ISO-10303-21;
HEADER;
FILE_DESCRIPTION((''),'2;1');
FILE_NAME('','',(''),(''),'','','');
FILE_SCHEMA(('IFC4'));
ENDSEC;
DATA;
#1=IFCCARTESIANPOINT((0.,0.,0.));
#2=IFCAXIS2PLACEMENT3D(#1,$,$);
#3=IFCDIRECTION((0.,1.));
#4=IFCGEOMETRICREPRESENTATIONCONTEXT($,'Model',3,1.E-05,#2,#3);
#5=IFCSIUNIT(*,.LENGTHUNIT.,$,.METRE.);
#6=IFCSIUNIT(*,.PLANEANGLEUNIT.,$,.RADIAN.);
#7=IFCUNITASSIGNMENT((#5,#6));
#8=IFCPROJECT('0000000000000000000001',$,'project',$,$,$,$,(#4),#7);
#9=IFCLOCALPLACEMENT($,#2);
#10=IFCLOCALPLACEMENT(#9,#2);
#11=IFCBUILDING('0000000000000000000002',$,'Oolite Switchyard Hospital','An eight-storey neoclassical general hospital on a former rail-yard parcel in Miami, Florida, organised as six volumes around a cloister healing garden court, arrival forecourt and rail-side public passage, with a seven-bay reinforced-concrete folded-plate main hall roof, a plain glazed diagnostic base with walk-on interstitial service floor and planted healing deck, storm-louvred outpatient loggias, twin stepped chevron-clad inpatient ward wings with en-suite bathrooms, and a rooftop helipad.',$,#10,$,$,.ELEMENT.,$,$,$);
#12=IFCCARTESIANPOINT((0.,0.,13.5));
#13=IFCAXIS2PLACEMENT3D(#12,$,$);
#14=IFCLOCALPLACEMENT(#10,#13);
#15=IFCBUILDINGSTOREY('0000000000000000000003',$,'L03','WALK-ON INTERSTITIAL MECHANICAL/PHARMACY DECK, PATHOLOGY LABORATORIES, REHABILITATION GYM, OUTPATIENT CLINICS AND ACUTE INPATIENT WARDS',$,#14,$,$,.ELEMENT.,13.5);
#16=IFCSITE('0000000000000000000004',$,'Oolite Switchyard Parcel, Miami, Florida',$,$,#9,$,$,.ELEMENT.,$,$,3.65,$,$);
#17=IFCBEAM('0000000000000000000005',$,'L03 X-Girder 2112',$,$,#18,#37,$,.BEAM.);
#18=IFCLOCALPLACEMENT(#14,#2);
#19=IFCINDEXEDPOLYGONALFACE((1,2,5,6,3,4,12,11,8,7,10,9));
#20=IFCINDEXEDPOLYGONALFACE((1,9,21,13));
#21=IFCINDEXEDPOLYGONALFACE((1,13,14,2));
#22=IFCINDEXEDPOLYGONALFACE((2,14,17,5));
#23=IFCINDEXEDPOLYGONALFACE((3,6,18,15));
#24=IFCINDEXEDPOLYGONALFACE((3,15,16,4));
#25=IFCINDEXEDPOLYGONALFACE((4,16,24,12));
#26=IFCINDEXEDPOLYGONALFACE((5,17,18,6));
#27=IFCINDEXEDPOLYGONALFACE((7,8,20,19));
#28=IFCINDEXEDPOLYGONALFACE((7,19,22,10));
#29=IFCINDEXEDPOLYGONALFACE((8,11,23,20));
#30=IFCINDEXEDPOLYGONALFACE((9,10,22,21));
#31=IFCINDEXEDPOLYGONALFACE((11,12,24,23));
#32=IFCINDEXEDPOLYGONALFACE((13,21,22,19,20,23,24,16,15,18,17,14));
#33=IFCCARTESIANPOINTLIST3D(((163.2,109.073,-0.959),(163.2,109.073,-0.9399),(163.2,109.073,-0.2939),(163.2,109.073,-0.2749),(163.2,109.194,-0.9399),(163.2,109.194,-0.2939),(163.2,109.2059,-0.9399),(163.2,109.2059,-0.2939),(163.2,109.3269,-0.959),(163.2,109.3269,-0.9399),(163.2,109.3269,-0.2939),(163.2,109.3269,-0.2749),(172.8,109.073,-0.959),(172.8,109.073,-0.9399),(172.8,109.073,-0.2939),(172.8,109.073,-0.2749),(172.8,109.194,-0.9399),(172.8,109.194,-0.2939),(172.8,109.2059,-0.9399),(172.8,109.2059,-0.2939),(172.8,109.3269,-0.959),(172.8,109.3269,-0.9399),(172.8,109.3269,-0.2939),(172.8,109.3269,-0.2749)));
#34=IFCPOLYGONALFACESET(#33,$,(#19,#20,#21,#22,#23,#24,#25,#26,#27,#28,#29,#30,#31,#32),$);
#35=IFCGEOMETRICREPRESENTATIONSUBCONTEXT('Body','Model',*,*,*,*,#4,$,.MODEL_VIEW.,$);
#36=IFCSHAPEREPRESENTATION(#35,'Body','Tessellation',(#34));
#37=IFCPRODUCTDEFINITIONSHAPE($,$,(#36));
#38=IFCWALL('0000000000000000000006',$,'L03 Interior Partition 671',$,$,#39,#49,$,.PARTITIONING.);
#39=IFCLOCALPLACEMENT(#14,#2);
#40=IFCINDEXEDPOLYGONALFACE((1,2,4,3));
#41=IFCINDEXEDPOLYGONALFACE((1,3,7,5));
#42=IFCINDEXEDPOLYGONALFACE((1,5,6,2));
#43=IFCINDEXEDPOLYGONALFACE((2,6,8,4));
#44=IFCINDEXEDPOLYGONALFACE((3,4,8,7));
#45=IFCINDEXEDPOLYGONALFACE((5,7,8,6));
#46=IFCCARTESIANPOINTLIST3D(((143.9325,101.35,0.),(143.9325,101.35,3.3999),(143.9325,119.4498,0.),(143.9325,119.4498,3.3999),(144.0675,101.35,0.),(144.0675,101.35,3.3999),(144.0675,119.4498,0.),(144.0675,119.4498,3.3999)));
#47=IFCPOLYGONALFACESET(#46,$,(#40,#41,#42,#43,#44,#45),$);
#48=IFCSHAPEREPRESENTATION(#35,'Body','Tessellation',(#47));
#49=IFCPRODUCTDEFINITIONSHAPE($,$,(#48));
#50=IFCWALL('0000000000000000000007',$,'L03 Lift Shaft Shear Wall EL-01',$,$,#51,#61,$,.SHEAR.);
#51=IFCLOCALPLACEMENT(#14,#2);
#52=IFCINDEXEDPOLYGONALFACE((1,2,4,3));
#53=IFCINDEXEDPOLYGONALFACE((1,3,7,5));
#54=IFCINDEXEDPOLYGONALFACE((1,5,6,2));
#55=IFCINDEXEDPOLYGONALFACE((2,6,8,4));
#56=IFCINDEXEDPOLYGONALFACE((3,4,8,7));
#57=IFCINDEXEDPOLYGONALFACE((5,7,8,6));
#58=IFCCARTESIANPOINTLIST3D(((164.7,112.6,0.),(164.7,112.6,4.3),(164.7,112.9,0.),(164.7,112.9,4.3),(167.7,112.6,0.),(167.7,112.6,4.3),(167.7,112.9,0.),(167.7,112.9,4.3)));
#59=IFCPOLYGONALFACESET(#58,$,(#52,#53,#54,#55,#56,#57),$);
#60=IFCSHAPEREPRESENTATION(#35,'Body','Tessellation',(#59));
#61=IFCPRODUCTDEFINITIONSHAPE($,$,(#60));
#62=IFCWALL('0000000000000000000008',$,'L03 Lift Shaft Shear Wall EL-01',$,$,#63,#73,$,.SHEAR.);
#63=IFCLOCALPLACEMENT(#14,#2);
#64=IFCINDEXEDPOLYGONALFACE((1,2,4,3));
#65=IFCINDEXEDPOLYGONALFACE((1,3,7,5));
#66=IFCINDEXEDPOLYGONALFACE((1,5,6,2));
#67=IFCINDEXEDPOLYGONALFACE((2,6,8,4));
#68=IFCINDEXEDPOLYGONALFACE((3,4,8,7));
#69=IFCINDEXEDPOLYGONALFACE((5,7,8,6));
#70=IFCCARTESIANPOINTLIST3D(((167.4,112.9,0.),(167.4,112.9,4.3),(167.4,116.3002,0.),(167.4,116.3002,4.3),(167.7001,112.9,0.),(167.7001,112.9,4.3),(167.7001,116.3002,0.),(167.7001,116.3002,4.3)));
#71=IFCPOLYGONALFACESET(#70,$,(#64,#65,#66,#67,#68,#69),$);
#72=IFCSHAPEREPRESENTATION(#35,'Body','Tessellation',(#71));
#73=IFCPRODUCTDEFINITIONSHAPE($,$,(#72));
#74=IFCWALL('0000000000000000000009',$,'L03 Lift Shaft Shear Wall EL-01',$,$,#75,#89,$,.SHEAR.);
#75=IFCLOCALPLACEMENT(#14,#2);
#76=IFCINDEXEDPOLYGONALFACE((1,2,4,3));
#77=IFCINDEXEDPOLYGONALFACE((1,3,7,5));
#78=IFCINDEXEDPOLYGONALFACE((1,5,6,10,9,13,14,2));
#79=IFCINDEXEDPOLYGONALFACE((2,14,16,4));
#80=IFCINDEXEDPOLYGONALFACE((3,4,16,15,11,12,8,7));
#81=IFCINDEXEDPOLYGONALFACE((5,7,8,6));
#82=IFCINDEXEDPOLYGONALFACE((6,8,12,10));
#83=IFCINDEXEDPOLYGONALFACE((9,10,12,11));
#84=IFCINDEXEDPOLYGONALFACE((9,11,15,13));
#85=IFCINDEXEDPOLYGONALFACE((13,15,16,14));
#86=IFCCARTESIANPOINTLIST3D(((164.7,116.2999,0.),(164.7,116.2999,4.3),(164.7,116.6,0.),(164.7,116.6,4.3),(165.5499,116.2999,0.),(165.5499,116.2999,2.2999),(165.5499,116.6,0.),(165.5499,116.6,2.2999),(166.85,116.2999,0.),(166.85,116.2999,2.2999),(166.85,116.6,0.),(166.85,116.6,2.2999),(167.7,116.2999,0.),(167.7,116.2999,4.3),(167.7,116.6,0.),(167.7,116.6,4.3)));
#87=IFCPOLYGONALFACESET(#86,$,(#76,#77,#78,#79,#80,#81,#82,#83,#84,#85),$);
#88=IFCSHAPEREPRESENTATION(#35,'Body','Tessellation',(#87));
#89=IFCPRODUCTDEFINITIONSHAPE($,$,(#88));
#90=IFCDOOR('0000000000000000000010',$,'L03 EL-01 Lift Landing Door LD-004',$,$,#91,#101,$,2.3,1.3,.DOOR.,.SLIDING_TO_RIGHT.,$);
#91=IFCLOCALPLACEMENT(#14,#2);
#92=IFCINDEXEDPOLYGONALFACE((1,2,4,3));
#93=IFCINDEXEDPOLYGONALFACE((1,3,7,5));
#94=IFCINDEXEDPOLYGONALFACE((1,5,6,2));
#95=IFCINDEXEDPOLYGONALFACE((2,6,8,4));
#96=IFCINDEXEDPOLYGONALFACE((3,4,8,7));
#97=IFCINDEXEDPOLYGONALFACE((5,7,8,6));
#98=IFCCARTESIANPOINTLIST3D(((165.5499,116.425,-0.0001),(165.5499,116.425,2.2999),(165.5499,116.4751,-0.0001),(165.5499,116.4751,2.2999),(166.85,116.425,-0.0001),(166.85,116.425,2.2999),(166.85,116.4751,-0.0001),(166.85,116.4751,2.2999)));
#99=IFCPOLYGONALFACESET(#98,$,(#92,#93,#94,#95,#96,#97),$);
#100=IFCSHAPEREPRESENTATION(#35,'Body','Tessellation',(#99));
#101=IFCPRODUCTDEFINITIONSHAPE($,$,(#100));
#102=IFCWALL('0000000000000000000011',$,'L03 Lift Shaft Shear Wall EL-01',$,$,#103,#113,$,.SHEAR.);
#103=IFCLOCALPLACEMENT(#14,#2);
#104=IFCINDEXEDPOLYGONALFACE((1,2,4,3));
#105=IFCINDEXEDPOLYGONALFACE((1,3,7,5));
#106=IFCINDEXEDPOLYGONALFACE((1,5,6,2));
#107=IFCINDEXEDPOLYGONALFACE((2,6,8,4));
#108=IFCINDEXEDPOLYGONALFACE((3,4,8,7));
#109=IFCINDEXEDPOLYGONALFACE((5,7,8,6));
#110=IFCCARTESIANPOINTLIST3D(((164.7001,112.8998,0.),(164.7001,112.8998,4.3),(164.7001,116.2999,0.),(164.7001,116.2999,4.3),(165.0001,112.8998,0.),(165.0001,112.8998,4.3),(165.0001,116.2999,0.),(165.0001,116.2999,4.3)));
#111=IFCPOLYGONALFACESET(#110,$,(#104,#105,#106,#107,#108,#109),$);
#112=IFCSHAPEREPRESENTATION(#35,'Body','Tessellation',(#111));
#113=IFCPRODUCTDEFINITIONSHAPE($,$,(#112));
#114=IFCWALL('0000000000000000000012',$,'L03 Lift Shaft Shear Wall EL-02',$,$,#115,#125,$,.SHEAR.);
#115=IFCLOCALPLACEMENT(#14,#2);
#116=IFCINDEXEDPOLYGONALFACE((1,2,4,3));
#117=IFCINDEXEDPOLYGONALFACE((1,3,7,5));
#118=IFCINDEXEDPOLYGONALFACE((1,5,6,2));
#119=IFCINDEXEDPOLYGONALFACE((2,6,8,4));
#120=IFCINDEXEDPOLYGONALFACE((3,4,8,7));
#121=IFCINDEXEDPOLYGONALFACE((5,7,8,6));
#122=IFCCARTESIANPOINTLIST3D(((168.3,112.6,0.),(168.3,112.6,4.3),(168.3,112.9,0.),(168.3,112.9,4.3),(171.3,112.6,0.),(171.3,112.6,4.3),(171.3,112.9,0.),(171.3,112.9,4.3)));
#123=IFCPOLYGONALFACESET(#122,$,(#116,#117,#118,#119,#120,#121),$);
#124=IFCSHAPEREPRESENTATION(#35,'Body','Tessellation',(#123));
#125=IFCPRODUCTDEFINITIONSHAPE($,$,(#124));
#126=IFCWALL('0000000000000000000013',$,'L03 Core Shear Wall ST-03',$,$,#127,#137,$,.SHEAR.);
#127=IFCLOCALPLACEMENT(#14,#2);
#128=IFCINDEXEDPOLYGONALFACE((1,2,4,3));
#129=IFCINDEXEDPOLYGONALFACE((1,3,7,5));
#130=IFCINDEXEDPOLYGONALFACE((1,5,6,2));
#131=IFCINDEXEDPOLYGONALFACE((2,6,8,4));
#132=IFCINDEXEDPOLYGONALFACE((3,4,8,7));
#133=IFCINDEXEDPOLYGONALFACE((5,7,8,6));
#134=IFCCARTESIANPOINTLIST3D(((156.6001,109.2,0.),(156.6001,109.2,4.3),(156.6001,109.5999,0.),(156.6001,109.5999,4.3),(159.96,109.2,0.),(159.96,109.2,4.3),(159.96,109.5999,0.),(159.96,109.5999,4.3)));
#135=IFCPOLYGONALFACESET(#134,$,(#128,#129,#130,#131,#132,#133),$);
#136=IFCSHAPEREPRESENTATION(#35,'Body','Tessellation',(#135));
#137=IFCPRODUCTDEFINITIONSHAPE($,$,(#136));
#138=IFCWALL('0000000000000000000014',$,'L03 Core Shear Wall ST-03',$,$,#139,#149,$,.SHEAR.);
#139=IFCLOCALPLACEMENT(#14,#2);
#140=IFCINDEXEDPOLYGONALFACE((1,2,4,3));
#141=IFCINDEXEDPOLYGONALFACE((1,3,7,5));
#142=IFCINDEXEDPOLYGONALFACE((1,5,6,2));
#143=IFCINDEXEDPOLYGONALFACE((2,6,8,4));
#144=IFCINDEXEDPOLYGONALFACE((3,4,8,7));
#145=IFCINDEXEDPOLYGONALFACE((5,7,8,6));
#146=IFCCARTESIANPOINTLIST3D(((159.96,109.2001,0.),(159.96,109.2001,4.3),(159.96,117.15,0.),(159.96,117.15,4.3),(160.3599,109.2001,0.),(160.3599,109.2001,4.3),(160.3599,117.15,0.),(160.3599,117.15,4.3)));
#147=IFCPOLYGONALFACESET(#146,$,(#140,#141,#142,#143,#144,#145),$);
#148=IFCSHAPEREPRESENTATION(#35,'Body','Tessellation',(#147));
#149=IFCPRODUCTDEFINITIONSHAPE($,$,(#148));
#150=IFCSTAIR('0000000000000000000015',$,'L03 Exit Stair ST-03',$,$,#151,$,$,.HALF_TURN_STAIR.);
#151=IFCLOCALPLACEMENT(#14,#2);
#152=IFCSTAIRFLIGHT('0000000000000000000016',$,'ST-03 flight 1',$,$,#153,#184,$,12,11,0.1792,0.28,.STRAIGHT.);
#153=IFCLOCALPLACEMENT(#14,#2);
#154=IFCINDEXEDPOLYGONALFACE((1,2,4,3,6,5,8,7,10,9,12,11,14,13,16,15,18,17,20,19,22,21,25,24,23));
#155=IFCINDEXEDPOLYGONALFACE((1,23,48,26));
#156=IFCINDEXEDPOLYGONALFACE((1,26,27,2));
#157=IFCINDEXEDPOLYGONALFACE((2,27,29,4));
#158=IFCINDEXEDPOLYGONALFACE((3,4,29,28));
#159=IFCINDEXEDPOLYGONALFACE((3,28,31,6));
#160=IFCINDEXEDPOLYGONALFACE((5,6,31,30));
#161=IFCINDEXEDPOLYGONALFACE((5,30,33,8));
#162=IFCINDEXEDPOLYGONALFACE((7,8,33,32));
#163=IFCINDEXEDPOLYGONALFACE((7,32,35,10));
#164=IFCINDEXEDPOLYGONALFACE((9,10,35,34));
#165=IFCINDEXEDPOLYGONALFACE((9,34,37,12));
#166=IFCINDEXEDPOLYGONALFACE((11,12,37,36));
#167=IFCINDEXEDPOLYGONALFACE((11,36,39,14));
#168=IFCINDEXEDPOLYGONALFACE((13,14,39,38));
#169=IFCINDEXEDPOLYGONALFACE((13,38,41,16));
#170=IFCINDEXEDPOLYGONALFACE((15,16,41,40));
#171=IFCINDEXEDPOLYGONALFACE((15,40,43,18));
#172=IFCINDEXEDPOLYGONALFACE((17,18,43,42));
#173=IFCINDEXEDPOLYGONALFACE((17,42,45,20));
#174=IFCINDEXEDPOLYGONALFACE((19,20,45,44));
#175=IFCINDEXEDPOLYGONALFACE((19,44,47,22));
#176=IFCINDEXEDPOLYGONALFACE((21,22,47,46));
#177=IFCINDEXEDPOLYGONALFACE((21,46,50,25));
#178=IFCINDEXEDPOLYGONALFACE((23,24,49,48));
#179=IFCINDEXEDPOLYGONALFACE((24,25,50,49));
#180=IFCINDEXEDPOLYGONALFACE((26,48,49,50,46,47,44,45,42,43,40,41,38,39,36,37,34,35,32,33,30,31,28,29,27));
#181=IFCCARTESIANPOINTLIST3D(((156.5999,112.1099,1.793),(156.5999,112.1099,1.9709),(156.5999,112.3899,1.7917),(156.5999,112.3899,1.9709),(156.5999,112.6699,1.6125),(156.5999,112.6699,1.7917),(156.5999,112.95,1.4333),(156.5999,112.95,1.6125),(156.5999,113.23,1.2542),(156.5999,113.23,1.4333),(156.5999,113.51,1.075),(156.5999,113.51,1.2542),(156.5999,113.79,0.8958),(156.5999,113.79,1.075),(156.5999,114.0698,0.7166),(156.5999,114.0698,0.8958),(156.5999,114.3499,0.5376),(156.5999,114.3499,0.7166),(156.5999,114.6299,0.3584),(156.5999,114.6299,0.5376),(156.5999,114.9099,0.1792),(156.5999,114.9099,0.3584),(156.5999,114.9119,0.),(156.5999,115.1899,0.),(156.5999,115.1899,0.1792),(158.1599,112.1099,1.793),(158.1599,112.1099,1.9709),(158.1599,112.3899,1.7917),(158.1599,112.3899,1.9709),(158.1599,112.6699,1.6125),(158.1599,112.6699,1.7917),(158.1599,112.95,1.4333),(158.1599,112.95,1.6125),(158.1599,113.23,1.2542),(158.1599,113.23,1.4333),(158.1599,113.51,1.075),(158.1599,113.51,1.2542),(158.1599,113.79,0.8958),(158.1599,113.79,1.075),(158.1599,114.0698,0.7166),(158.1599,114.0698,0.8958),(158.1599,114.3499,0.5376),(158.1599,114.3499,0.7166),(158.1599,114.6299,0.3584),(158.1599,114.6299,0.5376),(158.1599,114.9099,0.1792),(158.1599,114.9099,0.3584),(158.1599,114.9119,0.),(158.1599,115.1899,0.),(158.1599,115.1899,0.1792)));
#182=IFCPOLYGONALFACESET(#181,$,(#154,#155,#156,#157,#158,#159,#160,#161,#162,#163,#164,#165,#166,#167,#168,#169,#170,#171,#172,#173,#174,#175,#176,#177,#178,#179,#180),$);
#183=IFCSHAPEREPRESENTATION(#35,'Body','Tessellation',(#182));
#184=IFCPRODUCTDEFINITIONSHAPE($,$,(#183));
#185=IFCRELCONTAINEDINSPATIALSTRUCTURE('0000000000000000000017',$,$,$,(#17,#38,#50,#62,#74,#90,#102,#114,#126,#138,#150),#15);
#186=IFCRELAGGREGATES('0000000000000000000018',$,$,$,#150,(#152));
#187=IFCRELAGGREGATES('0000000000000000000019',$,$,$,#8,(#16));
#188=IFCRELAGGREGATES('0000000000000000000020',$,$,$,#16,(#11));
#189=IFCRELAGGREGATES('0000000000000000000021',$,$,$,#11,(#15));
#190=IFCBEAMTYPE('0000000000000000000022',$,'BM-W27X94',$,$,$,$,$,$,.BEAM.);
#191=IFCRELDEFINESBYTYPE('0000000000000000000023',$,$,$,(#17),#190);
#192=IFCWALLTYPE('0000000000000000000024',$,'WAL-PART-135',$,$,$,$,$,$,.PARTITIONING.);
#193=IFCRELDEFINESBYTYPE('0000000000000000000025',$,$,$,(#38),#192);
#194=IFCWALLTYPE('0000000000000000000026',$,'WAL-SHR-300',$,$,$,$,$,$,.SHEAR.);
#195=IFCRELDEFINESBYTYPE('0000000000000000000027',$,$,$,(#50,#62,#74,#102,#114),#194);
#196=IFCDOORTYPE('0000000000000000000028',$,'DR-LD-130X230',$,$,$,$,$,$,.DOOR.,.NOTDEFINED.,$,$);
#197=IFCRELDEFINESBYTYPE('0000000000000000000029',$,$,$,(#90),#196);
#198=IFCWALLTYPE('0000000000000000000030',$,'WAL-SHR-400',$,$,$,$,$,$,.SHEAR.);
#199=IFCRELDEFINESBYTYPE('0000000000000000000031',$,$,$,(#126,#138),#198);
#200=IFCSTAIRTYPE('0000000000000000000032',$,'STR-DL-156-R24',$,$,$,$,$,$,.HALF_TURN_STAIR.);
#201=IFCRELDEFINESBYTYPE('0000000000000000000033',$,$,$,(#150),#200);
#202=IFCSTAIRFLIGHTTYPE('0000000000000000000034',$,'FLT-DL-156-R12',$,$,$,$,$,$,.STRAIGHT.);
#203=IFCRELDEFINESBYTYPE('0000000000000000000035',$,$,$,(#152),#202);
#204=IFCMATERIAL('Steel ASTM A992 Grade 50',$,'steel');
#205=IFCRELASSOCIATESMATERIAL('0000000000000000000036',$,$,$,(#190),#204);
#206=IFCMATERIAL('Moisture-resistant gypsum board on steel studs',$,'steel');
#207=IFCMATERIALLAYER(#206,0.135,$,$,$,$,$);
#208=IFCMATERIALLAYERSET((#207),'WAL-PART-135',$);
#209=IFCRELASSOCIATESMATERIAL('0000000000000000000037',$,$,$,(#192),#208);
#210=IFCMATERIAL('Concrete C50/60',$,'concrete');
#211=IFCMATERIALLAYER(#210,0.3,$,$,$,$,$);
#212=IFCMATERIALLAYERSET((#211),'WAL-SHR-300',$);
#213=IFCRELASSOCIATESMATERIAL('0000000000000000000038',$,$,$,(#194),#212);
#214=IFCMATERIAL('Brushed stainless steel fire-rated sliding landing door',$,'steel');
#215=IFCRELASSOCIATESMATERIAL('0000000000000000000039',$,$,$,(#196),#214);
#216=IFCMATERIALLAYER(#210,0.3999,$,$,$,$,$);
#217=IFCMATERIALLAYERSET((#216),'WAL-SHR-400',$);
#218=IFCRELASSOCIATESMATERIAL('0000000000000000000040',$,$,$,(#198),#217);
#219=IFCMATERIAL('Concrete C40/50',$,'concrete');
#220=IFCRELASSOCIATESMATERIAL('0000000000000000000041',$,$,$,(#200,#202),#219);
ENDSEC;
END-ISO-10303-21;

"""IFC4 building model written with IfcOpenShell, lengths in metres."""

from ifc_helpers import new_model, si_unit, direction, frame, frame_2d, origin, origin_2d, place, context, subcontext, project, spatial, polyline, rectangle, i_section, outline, extrude, material, layer, layer_set, material_profile, profile_set, type_object, element, fill, aggregate, save


model = new_model("IFC4")

# Units and contexts
model_context = context("Model", 3, precision=1e-05, world=origin(), true_north=direction((0.0, 1.0)))
body_context = subcontext(model_context, "Body", "Model", "MODEL_VIEW")
ifc_project = project(units=[si_unit("LENGTHUNIT", "METRE"), si_unit("PLANEANGLEUNIT", "RADIAN")], contexts=[model_context])

# Site, building, storey
site_placement = place(None, origin())
site = spatial("IfcSite", under=ifc_project, at=site_placement, Name="Oolite Switchyard Parcel, Miami, Florida", CompositionType="ELEMENT", RefElevation=3.65)
building_placement = place(site_placement, origin())
building = spatial("IfcBuilding", under=site, at=building_placement, Name="Oolite Switchyard Hospital", Description="An eight-storey neoclassical general hospital on a former rail-yard parcel in Miami, Florida, organised as six volumes around a cloister healing garden court, arrival forecourt and rail-side public passage, with a seven-bay reinforced-concrete folded-plate main hall roof, a plain glazed diagnostic base with walk-on interstitial service floor and planted healing deck, storm-louvred outpatient loggias, twin stepped chevron-clad inpatient ward wings with en-suite bathrooms, and a rooftop helipad.", CompositionType="ELEMENT")
storey_placement = place(building_placement, frame((0.0, 0.0, 13.5)))
storey = spatial("IfcBuildingStorey", under=building, at=storey_placement, Name="L03", Description="WALK-ON INTERSTITIAL MECHANICAL/PHARMACY DECK, PATHOLOGY LABORATORIES, REHABILITATION GYM, OUTPATIENT CLINICS AND ACUTE INPATIENT WARDS", CompositionType="ELEMENT", Elevation=13.5)

# Shared definitions
ifc_material_1 = material(Name="Concrete C50/60", Category="concrete")

# Beam
ifc_material_2 = material(Name="Concrete C40/50", Category="concrete")
ifc_material_3 = material(Name="Steel ASTM A992 Grade 50", Category="steel")
ifc_material_profile_1 = material_profile(ifc_material_3, i_section(OverallWidth=0.2539, OverallDepth=0.6841, WebThickness=0.012, FlangeThickness=0.019, at=origin_2d()), Name="W27X94")
ifc_profile_set_1 = profile_set([ifc_material_profile_1], Name="Steel ASTM A992 Grade 50")
beam_type_1 = type_object("IfcBeamType", Name="BM-W27X94", PredefinedType="BEAM", material=ifc_profile_set_1)
beam_1_placement = place(storey_placement, frame((163.2, 109.2, -0.6169), z_axis=(1.0, 0.0, 0.0), x_axis=(0.0, 1.0, 0.0)))
element("IfcBeam", 1, at=beam_1_placement, inside=storey, type_object=beam_type_1, Name="L03 X-Girder 2112", PredefinedType="BEAM", context=body_context, shape_type="SweptSolid", body=[
    extrude(i_section(OverallWidth=0.2539, OverallDepth=0.6841, WebThickness=0.012, FlangeThickness=0.019, at=origin_2d()), origin(), (0.0, 0.0, 1.0), 9.6001),
])

# Walls
ifc_material_4 = material(Name="Moisture-resistant gypsum board on steel studs", Category="steel")
ifc_layer_1 = layer(ifc_material_4, 0.135)
ifc_layer_set_1 = layer_set([ifc_layer_1], Name="WAL-PART-135")
wall_type_1 = type_object("IfcWallType", Name="WAL-PART-135", PredefinedType="PARTITIONING", material=ifc_layer_set_1)
wall_1_placement = place(storey_placement, frame((144.0, 101.3501, 0.0), z_axis=(0.0, 0.0, 1.0), x_axis=(0.0, 1.0, 0.0)))
element("IfcWall", 2, at=wall_1_placement, inside=storey, type_object=wall_type_1, Name="L03 Interior Partition 671", PredefinedType="PARTITIONING", context=body_context, shape_type="SweptSolid", body=[
    extrude(rectangle(XDim=18.0999, YDim=0.135, at=frame_2d((9.0498, 0.0))), origin(), (0.0, 0.0, 1.0), 3.3999),
])
ifc_layer_2 = layer(ifc_material_1, 0.3)
ifc_layer_set_2 = layer_set([ifc_layer_2], Name="WAL-SHR-300")
wall_type_2 = type_object("IfcWallType", Name="WAL-SHR-300", PredefinedType="SHEAR", material=ifc_layer_set_2)
wall_2_placement = place(storey_placement, frame((164.7, 112.75, 0.0), z_axis=(0.0, 0.0, 1.0), x_axis=(1.0, 0.0, 0.0)))
element("IfcWall", 3, at=wall_2_placement, inside=storey, type_object=wall_type_2, Name="L03 Lift Shaft Shear Wall EL-01", PredefinedType="SHEAR", context=body_context, shape_type="SweptSolid", body=[
    extrude(rectangle(XDim=3.0, YDim=0.3, at=frame_2d((1.5, 0.0))), origin(), (0.0, 0.0, 1.0), 4.3),
])
wall_3_placement = place(storey_placement, frame((167.55, 112.8999, 0.0), z_axis=(0.0, 0.0, 1.0), x_axis=(0.0, 1.0, 0.0)))
element("IfcWall", 4, at=wall_3_placement, inside=storey, type_object=wall_type_2, Name="L03 Lift Shaft Shear Wall EL-01", PredefinedType="SHEAR", context=body_context, shape_type="SweptSolid", body=[
    extrude(rectangle(XDim=3.4001, YDim=0.3, at=frame_2d((1.7002, 0.0))), origin(), (0.0, 0.0, 1.0), 4.3),
])

# Wall, opening, door
wall_4_placement = place(storey_placement, frame((167.7, 116.45, 0.0), z_axis=(0.0, 0.0, 1.0), x_axis=(-1.0, 0.0, 0.0)))
wall_4 = element("IfcWall", 5, at=wall_4_placement, inside=storey, type_object=wall_type_2, Name="L03 Lift Shaft Shear Wall EL-01", PredefinedType="SHEAR", context=body_context, shape_type="SweptSolid", body=[
    extrude(rectangle(XDim=3.0, YDim=0.3, at=frame_2d((1.5, 0.0))), origin(), (0.0, 0.0, 1.0), 4.3),
])
opening_placement = place(wall_4_placement, frame((0.8501, 0.0, 0.0)))
opening = element("IfcOpeningElement", 6, at=opening_placement, cuts=wall_4, PredefinedType="OPENING", context=body_context, shape_type="SweptSolid", body=[
    extrude(rectangle(XDim=1.3, YDim=2.3, at=frame_2d((0.6499, 1.1499))), frame((0.0, 0.1602, 0.0), z_axis=(0.0, -1.0, 0.0), x_axis=(1.0, 0.0, 0.0)), (0.0, 0.0, 1.0), 0.3201),
])
ifc_material_5 = material(Name="Brushed stainless steel fire-rated sliding landing door", Category="steel")
door_type = type_object("IfcDoorType", Name="DR-LD-130X230", OperationType="NOTDEFINED", PredefinedType="DOOR", material=ifc_material_5)
door_placement = place(opening_placement, origin())
door = element("IfcDoor", 7, at=door_placement, inside=storey, type_object=door_type, Name="L03 EL-01 Lift Landing Door LD-004", OperationType="SLIDING_TO_RIGHT", OverallHeight=2.3, OverallWidth=1.3, PredefinedType="DOOR", context=body_context, shape_type="SweptSolid", body=[
    extrude(rectangle(XDim=1.3, YDim=2.3, at=frame_2d((0.6499, 1.1499))), frame((0.0, 0.0249, 0.0), z_axis=(0.0, -1.0, 0.0), x_axis=(1.0, 0.0, 0.0)), (0.0, 0.0, 1.0), 0.05),
])
fill(opening, door)

# Walls
wall_5_placement = place(storey_placement, frame((164.8501, 116.3, 0.0), z_axis=(0.0, 0.0, 1.0), x_axis=(0.0, -1.0, 0.0)))
element("IfcWall", 8, at=wall_5_placement, inside=storey, type_object=wall_type_2, Name="L03 Lift Shaft Shear Wall EL-01", PredefinedType="SHEAR", context=body_context, shape_type="SweptSolid", body=[
    extrude(rectangle(XDim=3.4001, YDim=0.3, at=frame_2d((1.7002, 0.0))), origin(), (0.0, 0.0, 1.0), 4.3),
])
wall_6_placement = place(storey_placement, frame((168.3, 112.75, 0.0), z_axis=(0.0, 0.0, 1.0), x_axis=(1.0, 0.0, 0.0)))
element("IfcWall", 9, at=wall_6_placement, inside=storey, type_object=wall_type_2, Name="L03 Lift Shaft Shear Wall EL-02", PredefinedType="SHEAR", context=body_context, shape_type="SweptSolid", body=[
    extrude(rectangle(XDim=3.0, YDim=0.3, at=frame_2d((1.5, 0.0))), origin(), (0.0, 0.0, 1.0), 4.3),
])
ifc_layer_3 = layer(ifc_material_1, 0.3999)
ifc_layer_set_3 = layer_set([ifc_layer_3], Name="WAL-SHR-400")
wall_type_3 = type_object("IfcWallType", Name="WAL-SHR-400", PredefinedType="SHEAR", material=ifc_layer_set_3)
wall_7_placement = place(storey_placement, frame((156.6001, 109.3999, 0.0), z_axis=(0.0, 0.0, 1.0), x_axis=(1.0, 0.0, 0.0)))
element("IfcWall", 10, at=wall_7_placement, inside=storey, type_object=wall_type_3, Name="L03 Core Shear Wall ST-03", PredefinedType="SHEAR", context=body_context, shape_type="SweptSolid", body=[
    extrude(rectangle(XDim=3.3599, YDim=0.3999, at=frame_2d((1.6799, 0.0))), origin(), (0.0, 0.0, 1.0), 4.3),
])
wall_8_placement = place(storey_placement, frame((160.1599, 109.2, 0.0), z_axis=(0.0, 0.0, 1.0), x_axis=(0.0, 1.0, 0.0)))
element("IfcWall", 11, at=wall_8_placement, inside=storey, type_object=wall_type_3, Name="L03 Core Shear Wall ST-03", PredefinedType="SHEAR", context=body_context, shape_type="SweptSolid", body=[
    extrude(rectangle(XDim=7.95, YDim=0.3999, at=frame_2d((3.9751, 0.0))), origin(), (0.0, 0.0, 1.0), 4.3),
])

# Stair, stair flight
stair_type = type_object("IfcStairType", Name="STR-DL-156-R24", PredefinedType="HALF_TURN_STAIR", material=ifc_material_2)
stair_placement = place(storey_placement, origin())
stair = element("IfcStair", 12, at=stair_placement, inside=storey, type_object=stair_type, Name="L03 Exit Stair ST-03", PredefinedType="HALF_TURN_STAIR")
stair_flight_type = type_object("IfcStairFlightType", Name="FLT-DL-156-R12", PredefinedType="STRAIGHT", material=ifc_material_2)
stair_flight_1_placement = place(storey_placement, frame((157.3799, 115.1899, 0.0), z_axis=(0.0, 0.0, 1.0), x_axis=(0.0, -1.0, 0.0)))
stair_flight_1 = element("IfcStairFlight", 13, at=stair_flight_1_placement, type_object=stair_flight_type, Name="ST-03 flight 1", NumberOfRisers=12, NumberOfTreads=11, PredefinedType="STRAIGHT", RiserHeight=0.1792, TreadLength=0.28, context=body_context, shape_type="SweptSolid", body=[
    extrude(outline(polyline([(0.0, 0.0), (0.0, 0.1792), (0.28, 0.1792), (0.28, 0.3584), (0.5601, 0.3584), (0.5601, 0.5376), (0.8401, 0.5376), (0.8401, 0.7166), (1.1201, 0.7166), (1.1201, 0.8958), (1.3999, 0.8958), (1.3999, 1.075), (1.6799, 1.075), (1.6799, 1.2542), (1.96, 1.2542), (1.96, 1.4333), (2.24, 1.4333), (2.24, 1.6125), (2.52, 1.6125), (2.52, 1.7917), (2.8, 1.7917), (2.8, 1.9709), (3.0801, 1.9709), (3.0801, 2.1499), (3.0801, 1.793), (0.2781, 0.0), (0.0, 0.0)])), frame((0.0, 0.78, 0.0), z_axis=(0.0, -1.0, 0.0), x_axis=(1.0, 0.0, 0.0)), (0.0, 0.0, 1.0), 1.5601),
])
aggregate(stair, [stair_flight_1])

save(model, "model.ifc")
